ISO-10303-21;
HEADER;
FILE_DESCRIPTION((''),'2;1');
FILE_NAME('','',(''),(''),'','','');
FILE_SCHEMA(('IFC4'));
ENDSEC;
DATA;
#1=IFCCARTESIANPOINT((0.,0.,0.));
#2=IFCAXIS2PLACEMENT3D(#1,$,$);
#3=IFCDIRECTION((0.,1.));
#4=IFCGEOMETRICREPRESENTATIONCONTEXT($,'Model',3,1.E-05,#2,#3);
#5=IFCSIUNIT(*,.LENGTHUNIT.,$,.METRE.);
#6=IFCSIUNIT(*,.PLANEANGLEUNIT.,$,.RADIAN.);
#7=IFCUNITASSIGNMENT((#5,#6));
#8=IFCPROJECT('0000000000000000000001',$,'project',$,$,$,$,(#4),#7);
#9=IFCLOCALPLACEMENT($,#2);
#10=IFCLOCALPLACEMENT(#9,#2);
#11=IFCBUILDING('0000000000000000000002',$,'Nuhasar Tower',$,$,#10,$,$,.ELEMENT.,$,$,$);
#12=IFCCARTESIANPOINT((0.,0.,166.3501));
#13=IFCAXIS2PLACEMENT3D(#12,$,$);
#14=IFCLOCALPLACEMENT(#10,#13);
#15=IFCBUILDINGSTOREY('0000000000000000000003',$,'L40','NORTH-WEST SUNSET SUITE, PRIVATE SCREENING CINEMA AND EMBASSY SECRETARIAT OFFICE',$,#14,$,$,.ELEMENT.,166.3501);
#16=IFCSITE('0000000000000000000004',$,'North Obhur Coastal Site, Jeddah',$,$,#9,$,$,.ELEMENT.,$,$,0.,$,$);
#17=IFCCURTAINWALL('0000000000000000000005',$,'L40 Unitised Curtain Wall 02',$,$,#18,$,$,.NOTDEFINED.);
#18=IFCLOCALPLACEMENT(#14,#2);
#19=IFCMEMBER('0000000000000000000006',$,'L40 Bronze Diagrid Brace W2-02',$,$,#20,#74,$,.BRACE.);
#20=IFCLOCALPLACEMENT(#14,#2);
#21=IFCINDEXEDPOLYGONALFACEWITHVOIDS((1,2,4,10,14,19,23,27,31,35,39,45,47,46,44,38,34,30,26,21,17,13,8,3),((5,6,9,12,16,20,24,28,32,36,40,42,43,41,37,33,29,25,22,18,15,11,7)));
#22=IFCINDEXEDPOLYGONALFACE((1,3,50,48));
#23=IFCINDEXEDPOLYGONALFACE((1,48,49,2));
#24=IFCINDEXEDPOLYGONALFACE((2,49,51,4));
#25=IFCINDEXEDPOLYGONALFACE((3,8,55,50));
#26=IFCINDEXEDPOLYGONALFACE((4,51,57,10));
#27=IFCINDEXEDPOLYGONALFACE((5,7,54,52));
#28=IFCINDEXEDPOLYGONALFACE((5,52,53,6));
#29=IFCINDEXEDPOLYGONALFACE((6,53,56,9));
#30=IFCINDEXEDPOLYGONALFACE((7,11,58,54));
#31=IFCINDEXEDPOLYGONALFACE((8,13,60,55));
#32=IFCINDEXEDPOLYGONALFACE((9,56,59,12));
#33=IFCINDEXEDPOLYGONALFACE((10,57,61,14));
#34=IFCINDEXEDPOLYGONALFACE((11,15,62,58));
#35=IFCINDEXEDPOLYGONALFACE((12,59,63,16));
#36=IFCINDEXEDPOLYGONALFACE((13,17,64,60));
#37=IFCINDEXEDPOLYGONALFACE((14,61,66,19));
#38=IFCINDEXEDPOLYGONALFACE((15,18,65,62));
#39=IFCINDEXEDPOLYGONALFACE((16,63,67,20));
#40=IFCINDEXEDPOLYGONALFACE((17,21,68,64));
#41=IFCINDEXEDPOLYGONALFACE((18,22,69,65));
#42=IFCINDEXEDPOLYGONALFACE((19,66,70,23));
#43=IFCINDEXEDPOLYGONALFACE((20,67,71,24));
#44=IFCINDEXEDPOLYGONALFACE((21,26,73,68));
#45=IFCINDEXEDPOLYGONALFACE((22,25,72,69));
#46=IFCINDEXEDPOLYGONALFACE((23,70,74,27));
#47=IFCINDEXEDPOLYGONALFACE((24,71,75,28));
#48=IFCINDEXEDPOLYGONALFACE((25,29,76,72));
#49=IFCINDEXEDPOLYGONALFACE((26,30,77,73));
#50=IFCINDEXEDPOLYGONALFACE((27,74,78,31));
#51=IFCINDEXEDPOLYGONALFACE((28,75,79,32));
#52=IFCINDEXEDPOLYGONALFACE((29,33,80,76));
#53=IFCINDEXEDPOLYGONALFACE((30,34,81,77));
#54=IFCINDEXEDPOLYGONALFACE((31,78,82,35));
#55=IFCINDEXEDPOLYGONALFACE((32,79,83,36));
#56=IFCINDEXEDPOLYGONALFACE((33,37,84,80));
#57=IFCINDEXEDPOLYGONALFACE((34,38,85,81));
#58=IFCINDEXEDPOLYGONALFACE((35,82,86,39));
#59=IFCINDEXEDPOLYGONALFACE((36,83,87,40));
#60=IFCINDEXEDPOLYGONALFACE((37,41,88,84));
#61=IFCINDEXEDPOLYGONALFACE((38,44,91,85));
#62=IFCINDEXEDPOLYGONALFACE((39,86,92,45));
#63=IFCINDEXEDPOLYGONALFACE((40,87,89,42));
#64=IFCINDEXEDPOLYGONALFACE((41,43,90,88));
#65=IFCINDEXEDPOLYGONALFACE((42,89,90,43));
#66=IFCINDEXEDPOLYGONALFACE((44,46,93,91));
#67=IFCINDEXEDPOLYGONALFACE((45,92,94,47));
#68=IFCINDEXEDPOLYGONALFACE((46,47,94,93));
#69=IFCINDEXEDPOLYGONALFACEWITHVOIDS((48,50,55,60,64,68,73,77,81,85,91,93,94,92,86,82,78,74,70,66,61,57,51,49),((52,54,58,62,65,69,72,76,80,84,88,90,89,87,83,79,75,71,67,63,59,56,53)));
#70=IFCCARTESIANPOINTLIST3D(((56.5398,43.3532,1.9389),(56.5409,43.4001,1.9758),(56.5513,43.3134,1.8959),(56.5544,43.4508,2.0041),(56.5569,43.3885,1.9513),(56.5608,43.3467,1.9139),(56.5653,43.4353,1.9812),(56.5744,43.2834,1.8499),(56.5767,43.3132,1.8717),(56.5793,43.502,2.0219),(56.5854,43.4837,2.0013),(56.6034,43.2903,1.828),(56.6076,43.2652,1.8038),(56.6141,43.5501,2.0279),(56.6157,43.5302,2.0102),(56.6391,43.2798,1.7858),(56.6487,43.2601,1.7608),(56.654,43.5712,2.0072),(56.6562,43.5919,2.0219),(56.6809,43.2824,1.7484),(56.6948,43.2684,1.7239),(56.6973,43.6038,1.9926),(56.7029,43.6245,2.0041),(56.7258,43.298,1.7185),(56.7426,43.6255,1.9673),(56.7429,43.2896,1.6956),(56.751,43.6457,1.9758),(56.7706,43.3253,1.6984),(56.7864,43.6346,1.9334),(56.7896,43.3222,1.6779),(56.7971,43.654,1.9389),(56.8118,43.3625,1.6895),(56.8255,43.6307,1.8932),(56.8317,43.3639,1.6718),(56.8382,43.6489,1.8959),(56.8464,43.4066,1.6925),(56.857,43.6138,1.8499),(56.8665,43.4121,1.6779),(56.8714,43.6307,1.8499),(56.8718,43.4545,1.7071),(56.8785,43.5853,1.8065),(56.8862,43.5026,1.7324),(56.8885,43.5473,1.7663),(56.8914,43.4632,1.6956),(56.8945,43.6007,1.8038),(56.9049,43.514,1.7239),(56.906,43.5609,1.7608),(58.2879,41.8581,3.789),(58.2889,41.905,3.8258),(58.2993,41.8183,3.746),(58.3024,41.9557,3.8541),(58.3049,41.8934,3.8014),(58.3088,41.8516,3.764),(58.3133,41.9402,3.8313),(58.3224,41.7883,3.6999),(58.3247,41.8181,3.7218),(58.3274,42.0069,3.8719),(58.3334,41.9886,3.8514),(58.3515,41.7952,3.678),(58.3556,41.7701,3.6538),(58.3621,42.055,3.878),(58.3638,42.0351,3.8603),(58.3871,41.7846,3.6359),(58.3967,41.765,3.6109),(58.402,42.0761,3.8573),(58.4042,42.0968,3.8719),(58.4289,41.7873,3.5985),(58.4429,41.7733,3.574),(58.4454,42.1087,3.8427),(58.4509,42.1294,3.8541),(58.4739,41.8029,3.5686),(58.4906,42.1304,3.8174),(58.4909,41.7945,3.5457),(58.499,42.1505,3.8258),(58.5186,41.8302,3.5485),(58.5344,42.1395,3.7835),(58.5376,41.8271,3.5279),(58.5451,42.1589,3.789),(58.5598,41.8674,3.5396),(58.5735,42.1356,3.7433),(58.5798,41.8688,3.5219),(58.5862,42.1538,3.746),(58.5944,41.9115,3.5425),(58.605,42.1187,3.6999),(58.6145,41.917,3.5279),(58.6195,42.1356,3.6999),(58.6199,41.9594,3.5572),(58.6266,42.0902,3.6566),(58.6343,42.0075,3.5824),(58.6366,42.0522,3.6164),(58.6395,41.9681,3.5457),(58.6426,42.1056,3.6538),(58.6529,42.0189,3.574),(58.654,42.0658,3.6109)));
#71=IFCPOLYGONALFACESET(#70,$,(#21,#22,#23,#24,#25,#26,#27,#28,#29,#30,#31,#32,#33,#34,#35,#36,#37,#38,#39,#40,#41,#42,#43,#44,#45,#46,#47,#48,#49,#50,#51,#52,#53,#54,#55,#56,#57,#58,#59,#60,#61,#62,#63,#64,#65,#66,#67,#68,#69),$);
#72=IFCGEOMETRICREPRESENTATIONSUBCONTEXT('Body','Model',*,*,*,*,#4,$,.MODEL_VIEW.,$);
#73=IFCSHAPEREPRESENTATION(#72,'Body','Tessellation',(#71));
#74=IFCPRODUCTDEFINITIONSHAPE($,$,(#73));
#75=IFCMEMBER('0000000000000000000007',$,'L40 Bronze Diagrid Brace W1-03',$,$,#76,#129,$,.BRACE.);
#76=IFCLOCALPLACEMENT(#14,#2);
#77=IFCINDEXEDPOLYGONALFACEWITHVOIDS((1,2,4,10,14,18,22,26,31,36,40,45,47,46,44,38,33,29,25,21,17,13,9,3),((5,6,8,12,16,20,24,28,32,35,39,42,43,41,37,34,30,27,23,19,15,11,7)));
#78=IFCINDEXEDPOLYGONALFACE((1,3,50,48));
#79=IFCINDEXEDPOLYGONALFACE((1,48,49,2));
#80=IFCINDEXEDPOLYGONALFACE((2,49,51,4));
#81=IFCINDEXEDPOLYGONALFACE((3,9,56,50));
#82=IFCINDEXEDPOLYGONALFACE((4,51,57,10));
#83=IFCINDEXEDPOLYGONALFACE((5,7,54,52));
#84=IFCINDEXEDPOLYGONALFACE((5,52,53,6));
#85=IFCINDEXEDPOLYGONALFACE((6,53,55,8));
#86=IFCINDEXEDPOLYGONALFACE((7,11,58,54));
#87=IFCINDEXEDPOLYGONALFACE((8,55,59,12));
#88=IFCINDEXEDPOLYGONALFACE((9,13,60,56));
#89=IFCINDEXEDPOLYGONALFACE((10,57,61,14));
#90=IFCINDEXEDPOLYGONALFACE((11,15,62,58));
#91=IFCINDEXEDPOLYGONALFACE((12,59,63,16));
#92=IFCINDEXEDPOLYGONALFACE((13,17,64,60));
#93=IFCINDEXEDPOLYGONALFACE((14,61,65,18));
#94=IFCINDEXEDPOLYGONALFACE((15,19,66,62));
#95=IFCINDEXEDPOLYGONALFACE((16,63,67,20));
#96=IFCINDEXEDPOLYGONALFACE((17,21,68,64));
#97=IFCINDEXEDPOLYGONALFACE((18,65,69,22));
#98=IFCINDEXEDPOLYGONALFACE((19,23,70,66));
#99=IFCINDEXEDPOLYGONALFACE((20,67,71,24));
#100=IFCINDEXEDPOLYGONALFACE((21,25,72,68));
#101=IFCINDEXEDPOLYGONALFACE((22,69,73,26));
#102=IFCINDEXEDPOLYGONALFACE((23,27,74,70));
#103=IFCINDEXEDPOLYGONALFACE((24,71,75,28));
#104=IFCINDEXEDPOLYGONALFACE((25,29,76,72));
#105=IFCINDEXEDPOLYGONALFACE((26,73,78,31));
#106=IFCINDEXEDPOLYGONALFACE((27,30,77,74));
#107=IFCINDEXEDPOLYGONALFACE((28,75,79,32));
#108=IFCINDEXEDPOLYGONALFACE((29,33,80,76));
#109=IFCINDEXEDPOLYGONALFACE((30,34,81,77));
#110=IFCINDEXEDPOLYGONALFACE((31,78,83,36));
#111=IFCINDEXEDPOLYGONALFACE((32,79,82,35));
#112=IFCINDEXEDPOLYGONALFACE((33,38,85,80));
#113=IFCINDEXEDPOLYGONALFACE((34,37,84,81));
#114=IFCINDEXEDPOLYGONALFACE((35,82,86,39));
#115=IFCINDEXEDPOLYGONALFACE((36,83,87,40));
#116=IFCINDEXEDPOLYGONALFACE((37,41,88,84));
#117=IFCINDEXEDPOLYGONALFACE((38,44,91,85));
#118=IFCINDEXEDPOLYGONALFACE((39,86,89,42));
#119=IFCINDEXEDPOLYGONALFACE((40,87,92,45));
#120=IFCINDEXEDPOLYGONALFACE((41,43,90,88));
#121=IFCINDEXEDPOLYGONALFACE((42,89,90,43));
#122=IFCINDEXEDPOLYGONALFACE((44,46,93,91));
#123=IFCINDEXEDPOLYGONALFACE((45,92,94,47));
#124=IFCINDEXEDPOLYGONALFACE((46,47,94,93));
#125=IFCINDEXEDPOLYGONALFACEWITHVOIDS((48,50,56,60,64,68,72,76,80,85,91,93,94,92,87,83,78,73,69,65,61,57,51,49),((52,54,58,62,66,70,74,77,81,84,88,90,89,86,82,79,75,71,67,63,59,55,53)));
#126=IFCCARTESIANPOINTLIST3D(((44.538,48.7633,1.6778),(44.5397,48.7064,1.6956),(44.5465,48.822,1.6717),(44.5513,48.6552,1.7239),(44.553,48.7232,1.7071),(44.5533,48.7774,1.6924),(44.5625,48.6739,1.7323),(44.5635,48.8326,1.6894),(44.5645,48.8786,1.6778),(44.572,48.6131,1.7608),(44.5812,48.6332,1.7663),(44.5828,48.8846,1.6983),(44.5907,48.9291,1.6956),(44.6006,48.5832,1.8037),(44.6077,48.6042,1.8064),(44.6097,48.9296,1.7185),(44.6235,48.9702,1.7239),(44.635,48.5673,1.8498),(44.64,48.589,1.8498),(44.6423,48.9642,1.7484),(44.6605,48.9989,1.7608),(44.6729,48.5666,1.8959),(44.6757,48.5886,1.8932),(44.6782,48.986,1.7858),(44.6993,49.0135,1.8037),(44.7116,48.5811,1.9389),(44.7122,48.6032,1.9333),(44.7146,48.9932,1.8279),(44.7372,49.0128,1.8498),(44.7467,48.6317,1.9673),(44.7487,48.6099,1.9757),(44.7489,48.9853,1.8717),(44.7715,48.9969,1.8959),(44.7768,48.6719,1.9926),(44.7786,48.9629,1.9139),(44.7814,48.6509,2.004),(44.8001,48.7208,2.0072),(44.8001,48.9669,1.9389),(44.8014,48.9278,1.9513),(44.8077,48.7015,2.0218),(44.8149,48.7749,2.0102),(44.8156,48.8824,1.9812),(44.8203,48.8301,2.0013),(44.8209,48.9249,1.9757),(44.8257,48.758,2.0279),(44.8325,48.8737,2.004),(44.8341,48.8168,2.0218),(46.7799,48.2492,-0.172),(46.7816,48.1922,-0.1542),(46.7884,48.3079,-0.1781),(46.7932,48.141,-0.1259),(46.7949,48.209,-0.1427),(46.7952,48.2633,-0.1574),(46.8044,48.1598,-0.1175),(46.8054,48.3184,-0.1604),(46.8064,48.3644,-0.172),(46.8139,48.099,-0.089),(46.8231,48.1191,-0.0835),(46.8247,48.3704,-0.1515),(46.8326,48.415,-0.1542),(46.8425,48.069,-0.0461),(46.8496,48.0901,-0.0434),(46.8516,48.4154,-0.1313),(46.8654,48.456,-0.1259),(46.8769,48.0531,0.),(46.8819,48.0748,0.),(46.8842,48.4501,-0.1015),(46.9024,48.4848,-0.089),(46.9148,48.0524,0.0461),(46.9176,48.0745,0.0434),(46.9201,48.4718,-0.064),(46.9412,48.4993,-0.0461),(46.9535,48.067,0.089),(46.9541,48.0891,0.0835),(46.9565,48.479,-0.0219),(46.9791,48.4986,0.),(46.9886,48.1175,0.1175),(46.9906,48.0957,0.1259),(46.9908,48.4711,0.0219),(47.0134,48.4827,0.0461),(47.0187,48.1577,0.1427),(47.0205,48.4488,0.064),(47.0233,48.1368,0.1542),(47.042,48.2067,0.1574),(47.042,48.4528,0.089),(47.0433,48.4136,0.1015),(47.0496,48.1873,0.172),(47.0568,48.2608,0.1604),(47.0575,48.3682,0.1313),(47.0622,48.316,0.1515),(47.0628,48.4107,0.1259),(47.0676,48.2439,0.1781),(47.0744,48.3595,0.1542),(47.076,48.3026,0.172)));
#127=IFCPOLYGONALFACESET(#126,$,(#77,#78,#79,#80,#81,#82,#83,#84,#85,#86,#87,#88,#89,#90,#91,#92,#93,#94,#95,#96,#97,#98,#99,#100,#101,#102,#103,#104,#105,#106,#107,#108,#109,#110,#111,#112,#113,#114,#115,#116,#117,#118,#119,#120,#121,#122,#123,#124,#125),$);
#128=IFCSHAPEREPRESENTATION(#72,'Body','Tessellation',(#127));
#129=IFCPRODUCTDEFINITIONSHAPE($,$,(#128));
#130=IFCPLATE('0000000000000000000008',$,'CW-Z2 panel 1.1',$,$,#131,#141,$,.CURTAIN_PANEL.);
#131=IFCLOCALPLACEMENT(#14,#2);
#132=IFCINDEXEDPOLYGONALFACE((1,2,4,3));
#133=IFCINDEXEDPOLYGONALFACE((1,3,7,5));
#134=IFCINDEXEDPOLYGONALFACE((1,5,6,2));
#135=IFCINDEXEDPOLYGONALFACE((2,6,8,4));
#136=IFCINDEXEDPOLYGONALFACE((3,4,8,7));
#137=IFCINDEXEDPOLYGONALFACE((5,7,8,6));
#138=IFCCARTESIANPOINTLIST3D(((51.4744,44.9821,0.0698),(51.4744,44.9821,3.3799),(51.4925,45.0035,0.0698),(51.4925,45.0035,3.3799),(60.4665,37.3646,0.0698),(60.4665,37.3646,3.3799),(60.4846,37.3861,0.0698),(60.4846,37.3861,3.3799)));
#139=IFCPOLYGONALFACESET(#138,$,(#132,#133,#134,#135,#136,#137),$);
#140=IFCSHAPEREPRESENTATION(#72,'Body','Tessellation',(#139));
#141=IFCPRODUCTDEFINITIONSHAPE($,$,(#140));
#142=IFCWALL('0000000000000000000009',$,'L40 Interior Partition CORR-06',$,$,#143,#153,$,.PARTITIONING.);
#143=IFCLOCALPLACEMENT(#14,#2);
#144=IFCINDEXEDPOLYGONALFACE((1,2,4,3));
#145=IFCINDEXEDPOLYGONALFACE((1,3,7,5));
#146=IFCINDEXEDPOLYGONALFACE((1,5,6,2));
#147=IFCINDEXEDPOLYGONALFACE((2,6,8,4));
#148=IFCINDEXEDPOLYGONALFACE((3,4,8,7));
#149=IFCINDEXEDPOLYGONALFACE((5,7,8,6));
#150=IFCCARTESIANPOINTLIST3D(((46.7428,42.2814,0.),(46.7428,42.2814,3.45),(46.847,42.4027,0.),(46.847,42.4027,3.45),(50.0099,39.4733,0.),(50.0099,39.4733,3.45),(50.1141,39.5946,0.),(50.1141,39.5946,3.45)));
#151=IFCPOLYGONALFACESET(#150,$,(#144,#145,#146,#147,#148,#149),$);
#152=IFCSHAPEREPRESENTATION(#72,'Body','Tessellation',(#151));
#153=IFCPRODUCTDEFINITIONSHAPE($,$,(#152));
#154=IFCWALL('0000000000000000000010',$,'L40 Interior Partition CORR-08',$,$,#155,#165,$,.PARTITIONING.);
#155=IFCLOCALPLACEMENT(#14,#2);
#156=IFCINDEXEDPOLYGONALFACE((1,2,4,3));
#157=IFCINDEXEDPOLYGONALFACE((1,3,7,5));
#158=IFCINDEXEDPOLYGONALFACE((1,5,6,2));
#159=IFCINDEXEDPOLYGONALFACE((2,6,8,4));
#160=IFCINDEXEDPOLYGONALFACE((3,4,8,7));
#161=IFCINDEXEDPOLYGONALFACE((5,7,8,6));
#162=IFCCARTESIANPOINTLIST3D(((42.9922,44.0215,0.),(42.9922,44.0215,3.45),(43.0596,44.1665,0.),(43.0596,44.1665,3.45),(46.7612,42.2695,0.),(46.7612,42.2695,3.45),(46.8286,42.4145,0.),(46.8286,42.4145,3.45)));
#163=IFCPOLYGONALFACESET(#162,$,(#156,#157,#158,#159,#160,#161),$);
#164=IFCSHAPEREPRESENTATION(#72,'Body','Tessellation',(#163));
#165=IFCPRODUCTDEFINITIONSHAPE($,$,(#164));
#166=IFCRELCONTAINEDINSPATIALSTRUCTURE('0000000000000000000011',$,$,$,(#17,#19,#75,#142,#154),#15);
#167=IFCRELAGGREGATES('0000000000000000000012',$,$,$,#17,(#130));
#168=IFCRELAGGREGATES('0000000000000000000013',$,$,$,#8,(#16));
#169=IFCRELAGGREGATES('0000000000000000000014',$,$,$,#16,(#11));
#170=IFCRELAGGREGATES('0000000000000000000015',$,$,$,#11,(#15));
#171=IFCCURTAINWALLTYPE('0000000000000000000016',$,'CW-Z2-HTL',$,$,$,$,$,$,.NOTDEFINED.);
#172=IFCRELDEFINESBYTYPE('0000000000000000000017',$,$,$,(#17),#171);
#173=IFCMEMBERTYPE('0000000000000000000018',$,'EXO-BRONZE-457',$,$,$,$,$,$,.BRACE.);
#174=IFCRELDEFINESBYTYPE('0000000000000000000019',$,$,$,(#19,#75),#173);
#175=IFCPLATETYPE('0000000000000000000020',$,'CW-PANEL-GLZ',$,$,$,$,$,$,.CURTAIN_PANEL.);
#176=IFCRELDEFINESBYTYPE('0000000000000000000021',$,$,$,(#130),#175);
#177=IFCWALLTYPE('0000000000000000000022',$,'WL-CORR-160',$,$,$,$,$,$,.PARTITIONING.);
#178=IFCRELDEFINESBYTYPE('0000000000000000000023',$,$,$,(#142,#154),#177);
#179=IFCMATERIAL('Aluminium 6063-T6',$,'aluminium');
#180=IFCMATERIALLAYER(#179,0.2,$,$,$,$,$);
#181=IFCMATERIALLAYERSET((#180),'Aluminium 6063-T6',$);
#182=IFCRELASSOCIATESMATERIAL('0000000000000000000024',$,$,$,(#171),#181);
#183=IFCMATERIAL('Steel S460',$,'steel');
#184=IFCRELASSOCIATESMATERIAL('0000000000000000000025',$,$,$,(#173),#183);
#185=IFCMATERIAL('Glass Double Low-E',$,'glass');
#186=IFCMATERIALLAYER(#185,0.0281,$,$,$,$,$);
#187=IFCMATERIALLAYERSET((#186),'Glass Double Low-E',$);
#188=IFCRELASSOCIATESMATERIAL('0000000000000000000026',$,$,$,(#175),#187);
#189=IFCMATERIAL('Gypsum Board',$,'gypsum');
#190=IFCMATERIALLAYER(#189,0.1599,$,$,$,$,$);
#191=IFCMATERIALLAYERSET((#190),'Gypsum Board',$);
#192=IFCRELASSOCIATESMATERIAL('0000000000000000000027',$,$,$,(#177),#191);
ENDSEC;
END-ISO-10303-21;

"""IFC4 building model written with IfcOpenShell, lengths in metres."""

from ifc_helpers import new_model, si_unit, direction, frame, frame_2d, origin, origin_2d, place, context, subcontext, project, spatial, rectangle, hollow_circle, extrude, material, layer, layer_set, material_profile, profile_set, type_object, element, aggregate, save


model = new_model("IFC4")

# Units and contexts
model_context = context("Model", 3, precision=1e-05, world=origin(), true_north=direction((0.0, 1.0)))
body_context = subcontext(model_context, "Body", "Model", "MODEL_VIEW")
ifc_project = project(units=[si_unit("LENGTHUNIT", "METRE"), si_unit("PLANEANGLEUNIT", "RADIAN")], contexts=[model_context])

# Site, building, storey
site_placement = place(None, origin())
site = spatial("IfcSite", under=ifc_project, at=site_placement, Name="North Obhur Coastal Site, Jeddah", CompositionType="ELEMENT", RefElevation=0.0)
building_placement = place(site_placement, origin())
building = spatial("IfcBuilding", under=site, at=building_placement, Name="Nuhasar Tower", CompositionType="ELEMENT")
storey_placement = place(building_placement, frame((0.0, 0.0, 166.3501)))
storey = spatial("IfcBuildingStorey", under=building, at=storey_placement, Name="L40", Description="NORTH-WEST SUNSET SUITE, PRIVATE SCREENING CINEMA AND EMBASSY SECRETARIAT OFFICE", CompositionType="ELEMENT", Elevation=166.3501)

# Curtain wall
ifc_material_1 = material(Name="Aluminium 6063-T6", Category="aluminium")
ifc_layer_1 = layer(ifc_material_1, 0.2)
ifc_layer_set_1 = layer_set([ifc_layer_1], Name="Aluminium 6063-T6")
curtain_wall_type = type_object("IfcCurtainWallType", Name="CW-Z2-HTL", PredefinedType="NOTDEFINED", material=ifc_layer_set_1)
curtain_wall_1_placement = place(storey_placement, origin())
curtain_wall_1 = element("IfcCurtainWall", 1, at=curtain_wall_1_placement, inside=storey, type_object=curtain_wall_type, Name="L40 Unitised Curtain Wall 02", PredefinedType="NOTDEFINED")

# Members
ifc_material_2 = material(Name="Steel S460", Category="steel")
ifc_material_profile_1 = material_profile(ifc_material_2, hollow_circle(Radius=0.2285, WallThickness=0.0222, at=origin_2d()), Name="HSS457X22.2")
ifc_profile_set_1 = profile_set([ifc_material_profile_1], Name="Steel S460")
member_type_1 = type_object("IfcMemberType", Name="EXO-BRONZE-457", PredefinedType="BRACE", material=ifc_profile_set_1)
member_1_placement = place(storey_placement, frame((56.7229, 43.457, 1.8499), z_axis=(0.59217, -0.506488, 0.626741), x_axis=(0.649987, 0.759945, 0.0)))
element("IfcMember", 2, at=member_1_placement, inside=storey, type_object=member_type_1, Name="L40 Bronze Diagrid Brace W2-02", PredefinedType="BRACE", context=body_context, shape_type="SweptSolid", body=[
    extrude(hollow_circle(Radius=0.2285, WallThickness=0.0222, at=origin_2d()), origin(), (0.0, 0.0, 1.0), 2.9519),
])
member_2_placement = place(storey_placement, frame((46.928, 48.2759, 0.0), z_axis=(-0.759539, 0.17419, 0.626704), x_axis=(-0.223534, -0.974696, 0.0)))
element("IfcMember", 3, at=member_2_placement, inside=storey, type_object=member_type_1, Name="L40 Bronze Diagrid Brace W1-03", PredefinedType="BRACE", context=body_context, shape_type="SweptSolid", body=[
    extrude(hollow_circle(Radius=0.2285, WallThickness=0.0222, at=origin_2d()), origin(), (0.0, 0.0, 1.0), 2.9517),
])

# Plate
ifc_material_3 = material(Name="Glass Double Low-E", Category="glass")
ifc_layer_2 = layer(ifc_material_3, 0.0281)
ifc_layer_set_2 = layer_set([ifc_layer_2], Name="Glass Double Low-E")
plate_type = type_object("IfcPlateType", Name="CW-PANEL-GLZ", PredefinedType="CURTAIN_PANEL", material=ifc_layer_set_2)
plate_placement = place(storey_placement, frame((55.9795, 41.1841, 0.0698), z_axis=(0.0, 0.0, 1.0), x_axis=(-0.76302, 0.646374, 0.0)))
plate = element("IfcPlate", 4, at=plate_placement, type_object=plate_type, Name="CW-Z2 panel 1.1", PredefinedType="CURTAIN_PANEL", context=body_context, shape_type="SweptSolid", body=[
    extrude(rectangle(XDim=11.7849, YDim=0.0281, at=origin_2d()), origin(), (0.0, 0.0, 1.0), 3.3101),
])
aggregate(curtain_wall_1, [plate])

# Shared definitions
ifc_material_4 = material(Name="Gypsum Board", Category="gypsum")
ifc_layer_3 = layer(ifc_material_4, 0.1599)
ifc_layer_set_3 = layer_set([ifc_layer_3], Name="Gypsum Board")
wall_type = type_object("IfcWallType", Name="WL-CORR-160", PredefinedType="PARTITIONING", material=ifc_layer_set_3)

# Walls
wall_1_placement = place(storey_placement, frame((50.062, 39.5339, 0.0), z_axis=(0.0, 0.0, 1.0), x_axis=(-0.758368, 0.651827, 0.0)))
element("IfcWall", 5, at=wall_1_placement, inside=storey, type_object=wall_type, Name="L40 Interior Partition CORR-06", PredefinedType="PARTITIONING", context=body_context, shape_type="SweptSolid", body=[
    extrude(rectangle(XDim=4.3081, YDim=0.1599, at=frame_2d((2.1541, 0.0))), origin(), (0.0, 0.0, 1.0), 3.45),
])
wall_2_placement = place(storey_placement, frame((46.7949, 42.342, 0.0), z_axis=(0.0, 0.0, 1.0), x_axis=(-0.906821, 0.421515, 0.0)))
element("IfcWall", 6, at=wall_2_placement, inside=storey, type_object=wall_type, Name="L40 Interior Partition CORR-08", PredefinedType="PARTITIONING", context=body_context, shape_type="SweptSolid", body=[
    extrude(rectangle(XDim=4.1562, YDim=0.1599, at=frame_2d((2.0781, 0.0))), origin(), (0.0, 0.0, 1.0), 3.45),
])

save(model, "model.ifc")
